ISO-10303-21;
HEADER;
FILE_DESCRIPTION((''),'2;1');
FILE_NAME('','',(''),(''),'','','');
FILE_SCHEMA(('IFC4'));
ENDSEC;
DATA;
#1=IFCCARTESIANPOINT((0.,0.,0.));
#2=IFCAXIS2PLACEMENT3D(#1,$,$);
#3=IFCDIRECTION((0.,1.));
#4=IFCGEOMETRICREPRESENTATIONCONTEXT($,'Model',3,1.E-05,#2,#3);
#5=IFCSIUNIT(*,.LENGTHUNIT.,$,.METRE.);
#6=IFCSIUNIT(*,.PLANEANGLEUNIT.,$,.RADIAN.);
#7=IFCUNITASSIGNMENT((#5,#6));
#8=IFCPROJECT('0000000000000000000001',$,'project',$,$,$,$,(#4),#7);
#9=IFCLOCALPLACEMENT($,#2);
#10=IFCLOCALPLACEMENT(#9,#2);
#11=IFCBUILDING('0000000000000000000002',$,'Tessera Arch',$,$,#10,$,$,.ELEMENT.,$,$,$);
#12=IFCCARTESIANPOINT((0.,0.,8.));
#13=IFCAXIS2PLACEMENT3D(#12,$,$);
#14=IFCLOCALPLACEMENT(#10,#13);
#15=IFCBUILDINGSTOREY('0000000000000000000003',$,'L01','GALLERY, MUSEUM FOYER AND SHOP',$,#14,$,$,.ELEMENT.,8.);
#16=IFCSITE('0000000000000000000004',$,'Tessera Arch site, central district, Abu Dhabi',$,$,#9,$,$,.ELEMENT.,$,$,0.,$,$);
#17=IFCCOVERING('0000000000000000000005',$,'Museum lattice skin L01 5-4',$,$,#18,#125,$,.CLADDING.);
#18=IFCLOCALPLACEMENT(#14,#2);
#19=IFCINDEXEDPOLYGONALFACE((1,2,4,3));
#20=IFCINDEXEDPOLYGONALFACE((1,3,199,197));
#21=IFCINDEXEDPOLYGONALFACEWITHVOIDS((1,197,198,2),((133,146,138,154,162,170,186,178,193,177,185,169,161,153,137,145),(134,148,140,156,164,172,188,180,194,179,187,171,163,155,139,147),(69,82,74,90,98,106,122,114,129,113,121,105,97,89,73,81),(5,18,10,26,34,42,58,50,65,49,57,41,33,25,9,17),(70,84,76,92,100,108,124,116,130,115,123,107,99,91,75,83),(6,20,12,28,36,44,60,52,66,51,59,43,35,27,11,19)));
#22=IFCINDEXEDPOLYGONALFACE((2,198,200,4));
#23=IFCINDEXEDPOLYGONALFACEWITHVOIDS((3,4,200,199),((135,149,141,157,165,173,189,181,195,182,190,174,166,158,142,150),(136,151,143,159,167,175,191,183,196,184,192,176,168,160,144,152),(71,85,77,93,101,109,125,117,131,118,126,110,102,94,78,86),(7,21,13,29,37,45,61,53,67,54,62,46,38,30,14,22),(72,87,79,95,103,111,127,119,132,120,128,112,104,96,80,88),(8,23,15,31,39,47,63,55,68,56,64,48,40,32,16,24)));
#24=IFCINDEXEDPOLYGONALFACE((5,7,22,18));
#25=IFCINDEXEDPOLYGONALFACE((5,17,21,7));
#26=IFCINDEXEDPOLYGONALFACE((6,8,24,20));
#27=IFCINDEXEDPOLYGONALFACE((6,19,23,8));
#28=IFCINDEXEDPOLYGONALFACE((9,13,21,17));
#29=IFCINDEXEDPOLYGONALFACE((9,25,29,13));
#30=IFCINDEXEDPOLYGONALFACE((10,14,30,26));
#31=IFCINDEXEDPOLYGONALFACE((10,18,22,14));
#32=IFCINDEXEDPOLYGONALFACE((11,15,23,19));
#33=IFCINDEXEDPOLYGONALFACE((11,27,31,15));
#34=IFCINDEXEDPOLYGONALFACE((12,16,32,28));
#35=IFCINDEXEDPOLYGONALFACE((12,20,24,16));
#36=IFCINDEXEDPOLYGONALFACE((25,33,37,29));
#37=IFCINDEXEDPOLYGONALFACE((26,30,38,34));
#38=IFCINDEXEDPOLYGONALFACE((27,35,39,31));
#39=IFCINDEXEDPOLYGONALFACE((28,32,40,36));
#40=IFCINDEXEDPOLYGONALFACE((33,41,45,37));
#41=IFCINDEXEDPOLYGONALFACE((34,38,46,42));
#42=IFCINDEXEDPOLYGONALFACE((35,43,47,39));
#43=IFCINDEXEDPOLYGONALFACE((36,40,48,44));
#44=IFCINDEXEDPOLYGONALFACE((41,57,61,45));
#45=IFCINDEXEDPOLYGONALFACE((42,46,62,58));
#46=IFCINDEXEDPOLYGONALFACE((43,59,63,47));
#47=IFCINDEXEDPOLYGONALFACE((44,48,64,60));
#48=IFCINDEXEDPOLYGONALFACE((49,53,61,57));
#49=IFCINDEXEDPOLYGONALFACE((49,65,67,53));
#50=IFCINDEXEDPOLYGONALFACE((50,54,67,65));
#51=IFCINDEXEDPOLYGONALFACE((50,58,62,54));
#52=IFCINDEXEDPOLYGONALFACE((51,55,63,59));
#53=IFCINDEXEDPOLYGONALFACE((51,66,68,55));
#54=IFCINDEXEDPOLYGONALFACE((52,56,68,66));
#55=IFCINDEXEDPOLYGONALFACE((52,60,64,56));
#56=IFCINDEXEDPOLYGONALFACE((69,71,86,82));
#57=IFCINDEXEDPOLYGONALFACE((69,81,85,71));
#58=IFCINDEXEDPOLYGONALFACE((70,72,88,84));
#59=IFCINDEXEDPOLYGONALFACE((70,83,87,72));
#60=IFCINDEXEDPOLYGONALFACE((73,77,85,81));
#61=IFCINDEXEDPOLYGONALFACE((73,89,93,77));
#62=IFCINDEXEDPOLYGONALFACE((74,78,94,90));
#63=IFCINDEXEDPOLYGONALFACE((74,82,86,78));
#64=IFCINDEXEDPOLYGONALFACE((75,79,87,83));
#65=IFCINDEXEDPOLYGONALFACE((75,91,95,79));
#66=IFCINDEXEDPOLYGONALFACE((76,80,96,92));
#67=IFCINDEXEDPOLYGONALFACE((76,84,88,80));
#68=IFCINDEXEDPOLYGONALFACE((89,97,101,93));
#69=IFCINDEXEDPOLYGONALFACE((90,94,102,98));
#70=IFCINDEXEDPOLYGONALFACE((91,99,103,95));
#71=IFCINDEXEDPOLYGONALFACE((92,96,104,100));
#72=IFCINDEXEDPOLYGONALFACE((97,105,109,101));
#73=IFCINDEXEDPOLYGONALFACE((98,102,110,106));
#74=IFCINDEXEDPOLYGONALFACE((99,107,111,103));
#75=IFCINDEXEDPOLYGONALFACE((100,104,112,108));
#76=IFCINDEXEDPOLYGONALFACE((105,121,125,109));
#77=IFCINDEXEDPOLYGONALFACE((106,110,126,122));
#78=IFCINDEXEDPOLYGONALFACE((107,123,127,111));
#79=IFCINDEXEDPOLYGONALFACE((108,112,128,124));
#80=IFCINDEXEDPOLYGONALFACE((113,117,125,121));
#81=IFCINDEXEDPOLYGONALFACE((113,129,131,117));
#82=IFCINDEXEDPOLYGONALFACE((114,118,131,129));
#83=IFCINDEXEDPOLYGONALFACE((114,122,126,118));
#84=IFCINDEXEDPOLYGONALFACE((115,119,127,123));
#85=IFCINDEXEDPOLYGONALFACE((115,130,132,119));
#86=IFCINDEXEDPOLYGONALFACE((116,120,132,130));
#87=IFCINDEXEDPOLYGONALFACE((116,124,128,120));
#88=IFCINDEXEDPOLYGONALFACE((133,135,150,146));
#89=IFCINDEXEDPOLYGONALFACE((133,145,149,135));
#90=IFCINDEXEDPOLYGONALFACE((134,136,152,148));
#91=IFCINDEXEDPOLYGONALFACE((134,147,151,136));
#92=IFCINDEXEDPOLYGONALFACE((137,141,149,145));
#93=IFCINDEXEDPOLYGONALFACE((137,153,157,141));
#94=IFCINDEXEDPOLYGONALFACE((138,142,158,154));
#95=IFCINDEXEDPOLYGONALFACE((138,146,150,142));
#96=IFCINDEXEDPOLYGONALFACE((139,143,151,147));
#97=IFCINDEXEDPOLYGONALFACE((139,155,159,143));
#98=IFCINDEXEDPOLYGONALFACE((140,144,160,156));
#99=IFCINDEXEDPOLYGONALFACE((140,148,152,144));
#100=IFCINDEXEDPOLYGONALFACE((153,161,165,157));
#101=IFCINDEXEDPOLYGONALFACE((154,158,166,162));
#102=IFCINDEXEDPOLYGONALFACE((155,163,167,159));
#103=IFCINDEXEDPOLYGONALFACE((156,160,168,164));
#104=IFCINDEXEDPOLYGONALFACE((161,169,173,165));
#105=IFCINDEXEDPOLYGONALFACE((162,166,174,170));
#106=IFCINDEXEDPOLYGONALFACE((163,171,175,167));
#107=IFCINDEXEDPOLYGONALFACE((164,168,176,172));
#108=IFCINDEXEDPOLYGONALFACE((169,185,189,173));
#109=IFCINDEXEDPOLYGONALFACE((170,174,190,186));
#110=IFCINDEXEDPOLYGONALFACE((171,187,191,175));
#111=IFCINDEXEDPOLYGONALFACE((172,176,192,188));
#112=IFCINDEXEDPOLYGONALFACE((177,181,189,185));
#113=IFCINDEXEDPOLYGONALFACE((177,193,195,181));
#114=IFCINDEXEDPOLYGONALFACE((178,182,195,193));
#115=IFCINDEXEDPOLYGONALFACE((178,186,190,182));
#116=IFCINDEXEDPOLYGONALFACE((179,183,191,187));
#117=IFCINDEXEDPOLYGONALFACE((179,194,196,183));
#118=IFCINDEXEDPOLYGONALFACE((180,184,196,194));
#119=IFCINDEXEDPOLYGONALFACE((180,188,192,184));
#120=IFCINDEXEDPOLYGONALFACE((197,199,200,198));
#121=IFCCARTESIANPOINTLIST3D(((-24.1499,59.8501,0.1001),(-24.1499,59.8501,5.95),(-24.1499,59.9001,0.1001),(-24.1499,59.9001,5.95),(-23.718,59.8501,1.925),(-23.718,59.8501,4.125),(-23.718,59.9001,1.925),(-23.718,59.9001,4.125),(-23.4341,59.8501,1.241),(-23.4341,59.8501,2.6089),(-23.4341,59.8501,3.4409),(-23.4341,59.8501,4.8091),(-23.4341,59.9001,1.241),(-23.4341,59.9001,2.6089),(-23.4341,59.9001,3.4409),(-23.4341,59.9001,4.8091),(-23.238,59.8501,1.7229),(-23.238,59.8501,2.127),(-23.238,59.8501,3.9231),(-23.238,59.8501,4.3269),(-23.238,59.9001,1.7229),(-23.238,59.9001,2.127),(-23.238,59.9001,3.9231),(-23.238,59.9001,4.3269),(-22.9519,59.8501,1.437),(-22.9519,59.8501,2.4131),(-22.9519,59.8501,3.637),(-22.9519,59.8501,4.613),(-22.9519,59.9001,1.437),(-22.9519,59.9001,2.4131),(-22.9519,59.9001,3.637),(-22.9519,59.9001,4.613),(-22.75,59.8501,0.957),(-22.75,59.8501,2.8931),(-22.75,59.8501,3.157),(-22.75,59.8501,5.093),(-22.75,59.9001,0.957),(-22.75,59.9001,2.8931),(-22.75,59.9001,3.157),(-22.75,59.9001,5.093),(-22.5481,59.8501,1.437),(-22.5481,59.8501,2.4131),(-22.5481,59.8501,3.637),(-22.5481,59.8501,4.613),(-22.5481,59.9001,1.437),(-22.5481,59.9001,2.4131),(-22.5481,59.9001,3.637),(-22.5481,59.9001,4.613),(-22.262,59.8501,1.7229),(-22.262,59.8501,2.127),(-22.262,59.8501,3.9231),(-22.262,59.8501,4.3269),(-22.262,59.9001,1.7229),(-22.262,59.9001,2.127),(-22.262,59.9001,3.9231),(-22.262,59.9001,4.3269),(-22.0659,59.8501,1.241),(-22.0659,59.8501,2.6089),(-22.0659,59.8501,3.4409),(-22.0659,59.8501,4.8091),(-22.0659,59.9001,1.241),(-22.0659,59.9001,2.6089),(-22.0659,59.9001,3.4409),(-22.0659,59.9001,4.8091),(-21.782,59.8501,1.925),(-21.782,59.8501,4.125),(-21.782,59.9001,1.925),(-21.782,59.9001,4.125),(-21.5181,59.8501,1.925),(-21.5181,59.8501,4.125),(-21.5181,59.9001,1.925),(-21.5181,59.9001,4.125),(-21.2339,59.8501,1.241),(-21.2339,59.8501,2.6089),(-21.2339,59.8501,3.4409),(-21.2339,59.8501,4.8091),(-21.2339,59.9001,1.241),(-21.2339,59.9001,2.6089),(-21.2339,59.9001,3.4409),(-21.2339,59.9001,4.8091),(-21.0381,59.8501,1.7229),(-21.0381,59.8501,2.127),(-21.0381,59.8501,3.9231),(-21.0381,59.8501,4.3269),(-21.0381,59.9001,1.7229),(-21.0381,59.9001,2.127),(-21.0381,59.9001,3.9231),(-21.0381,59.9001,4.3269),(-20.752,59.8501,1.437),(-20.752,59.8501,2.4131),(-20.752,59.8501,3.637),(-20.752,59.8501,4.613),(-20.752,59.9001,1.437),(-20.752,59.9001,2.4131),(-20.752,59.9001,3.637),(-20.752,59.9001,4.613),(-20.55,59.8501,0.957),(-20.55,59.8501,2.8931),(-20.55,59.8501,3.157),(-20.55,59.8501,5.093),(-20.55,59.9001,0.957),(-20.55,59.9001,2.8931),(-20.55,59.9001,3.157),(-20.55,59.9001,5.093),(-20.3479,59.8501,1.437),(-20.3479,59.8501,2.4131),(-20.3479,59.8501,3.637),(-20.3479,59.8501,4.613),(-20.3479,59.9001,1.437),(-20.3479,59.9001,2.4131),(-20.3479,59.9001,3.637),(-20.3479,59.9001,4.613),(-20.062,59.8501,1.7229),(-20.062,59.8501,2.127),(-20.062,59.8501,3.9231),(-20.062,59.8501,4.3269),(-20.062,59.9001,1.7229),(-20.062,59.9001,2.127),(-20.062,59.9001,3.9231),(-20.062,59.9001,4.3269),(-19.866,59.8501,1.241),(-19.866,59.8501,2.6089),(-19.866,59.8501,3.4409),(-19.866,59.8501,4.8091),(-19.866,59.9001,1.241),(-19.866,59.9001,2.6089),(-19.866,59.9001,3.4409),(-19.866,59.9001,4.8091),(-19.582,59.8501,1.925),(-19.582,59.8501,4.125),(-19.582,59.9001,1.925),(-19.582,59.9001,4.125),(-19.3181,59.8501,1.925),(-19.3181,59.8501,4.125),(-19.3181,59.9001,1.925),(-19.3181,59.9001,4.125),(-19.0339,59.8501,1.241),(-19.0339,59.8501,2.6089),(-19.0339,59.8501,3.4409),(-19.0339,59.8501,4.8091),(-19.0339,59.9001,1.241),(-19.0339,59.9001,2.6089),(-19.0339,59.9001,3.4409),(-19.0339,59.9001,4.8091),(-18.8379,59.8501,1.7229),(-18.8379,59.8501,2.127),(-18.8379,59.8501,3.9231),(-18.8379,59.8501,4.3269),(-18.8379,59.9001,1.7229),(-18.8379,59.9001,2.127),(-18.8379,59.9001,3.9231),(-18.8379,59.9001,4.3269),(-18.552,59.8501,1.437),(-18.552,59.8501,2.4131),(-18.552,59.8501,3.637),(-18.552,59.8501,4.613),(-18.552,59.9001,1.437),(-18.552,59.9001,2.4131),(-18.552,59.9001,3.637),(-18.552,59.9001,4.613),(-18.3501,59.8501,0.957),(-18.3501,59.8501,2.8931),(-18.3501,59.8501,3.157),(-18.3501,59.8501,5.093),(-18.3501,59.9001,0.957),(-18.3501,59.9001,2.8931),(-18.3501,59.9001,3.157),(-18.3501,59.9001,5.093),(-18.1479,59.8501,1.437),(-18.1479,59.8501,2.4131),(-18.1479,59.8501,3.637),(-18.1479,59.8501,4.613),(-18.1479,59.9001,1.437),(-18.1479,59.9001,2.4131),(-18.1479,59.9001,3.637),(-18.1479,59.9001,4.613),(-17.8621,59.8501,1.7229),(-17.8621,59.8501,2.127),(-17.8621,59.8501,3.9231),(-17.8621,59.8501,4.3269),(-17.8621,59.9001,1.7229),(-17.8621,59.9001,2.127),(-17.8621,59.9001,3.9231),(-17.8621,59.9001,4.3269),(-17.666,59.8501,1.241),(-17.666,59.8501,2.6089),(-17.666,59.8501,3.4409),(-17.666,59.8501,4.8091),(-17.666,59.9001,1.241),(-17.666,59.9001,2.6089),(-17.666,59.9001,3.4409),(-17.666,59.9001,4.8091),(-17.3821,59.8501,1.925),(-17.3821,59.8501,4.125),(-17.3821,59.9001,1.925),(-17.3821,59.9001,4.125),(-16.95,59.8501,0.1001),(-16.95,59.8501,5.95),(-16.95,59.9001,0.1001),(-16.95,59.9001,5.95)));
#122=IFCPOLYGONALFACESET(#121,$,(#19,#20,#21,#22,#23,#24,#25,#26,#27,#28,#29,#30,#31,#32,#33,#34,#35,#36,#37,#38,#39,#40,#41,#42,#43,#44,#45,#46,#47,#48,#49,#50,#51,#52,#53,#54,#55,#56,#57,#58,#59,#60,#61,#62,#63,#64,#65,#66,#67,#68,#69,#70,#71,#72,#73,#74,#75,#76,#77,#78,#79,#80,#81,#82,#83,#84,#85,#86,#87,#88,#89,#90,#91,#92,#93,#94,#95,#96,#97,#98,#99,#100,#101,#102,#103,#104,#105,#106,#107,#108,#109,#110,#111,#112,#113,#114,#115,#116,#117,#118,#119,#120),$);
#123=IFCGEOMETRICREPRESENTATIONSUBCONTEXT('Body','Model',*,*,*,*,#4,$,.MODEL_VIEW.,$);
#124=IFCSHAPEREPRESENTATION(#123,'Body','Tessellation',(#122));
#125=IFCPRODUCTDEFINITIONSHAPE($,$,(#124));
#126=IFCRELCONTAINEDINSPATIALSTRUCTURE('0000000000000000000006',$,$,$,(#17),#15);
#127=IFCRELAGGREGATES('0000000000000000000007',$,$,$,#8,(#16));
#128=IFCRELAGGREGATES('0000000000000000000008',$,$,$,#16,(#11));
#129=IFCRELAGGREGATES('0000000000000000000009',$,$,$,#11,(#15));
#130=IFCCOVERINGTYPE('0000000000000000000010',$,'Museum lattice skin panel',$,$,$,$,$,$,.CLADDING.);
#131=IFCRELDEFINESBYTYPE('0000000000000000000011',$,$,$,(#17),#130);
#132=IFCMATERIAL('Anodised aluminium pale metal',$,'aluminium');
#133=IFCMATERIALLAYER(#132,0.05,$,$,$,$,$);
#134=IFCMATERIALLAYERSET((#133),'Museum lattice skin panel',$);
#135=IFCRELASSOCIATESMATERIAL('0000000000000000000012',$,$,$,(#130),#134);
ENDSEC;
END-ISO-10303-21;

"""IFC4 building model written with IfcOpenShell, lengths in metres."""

from ifc_helpers import new_model, si_unit, direction, frame, origin, place, context, subcontext, project, spatial, polyline, outline, extrude, material, layer, layer_set, type_object, element, save


model = new_model("IFC4")

# Units and contexts
model_context = context("Model", 3, precision=1e-05, world=origin(), true_north=direction((0.0, 1.0)))
body_context = subcontext(model_context, "Body", "Model", "MODEL_VIEW")
ifc_project = project(units=[si_unit("LENGTHUNIT", "METRE"), si_unit("PLANEANGLEUNIT", "RADIAN")], contexts=[model_context])

# Site, building, storey
site_placement = place(None, origin())
site = spatial("IfcSite", under=ifc_project, at=site_placement, Name="Tessera Arch site, central district, Abu Dhabi", CompositionType="ELEMENT", RefElevation=0.0)
building_placement = place(site_placement, origin())
building = spatial("IfcBuilding", under=site, at=building_placement, Name="Tessera Arch", CompositionType="ELEMENT")
storey_placement = place(building_placement, frame((0.0, 0.0, 8.0)))
storey = spatial("IfcBuildingStorey", under=building, at=storey_placement, Name="L01", Description="GALLERY, MUSEUM FOYER AND SHOP", CompositionType="ELEMENT", Elevation=8.0)

# Covering
ifc_material_1 = material(Name="Anodised aluminium pale metal", Category="aluminium")
ifc_layer_1 = layer(ifc_material_1, 0.05)
ifc_layer_set_1 = layer_set([ifc_layer_1], Name="Museum lattice skin panel")
covering_type_1 = type_object("IfcCoveringType", Name="Museum lattice skin panel", PredefinedType="CLADDING", material=ifc_layer_set_1)
covering_1_placement = place(storey_placement, frame((-16.95, 59.8501, 5.95), z_axis=(0.0, -1.0, 0.0), x_axis=(-1.0, 0.0, 0.0)))
element("IfcCovering", 1, at=covering_1_placement, inside=storey, type_object=covering_type_1, Name="Museum lattice skin L01 5-4", PredefinedType="CLADDING", context=body_context, shape_type="SweptSolid", body=[
    extrude(outline(polyline([(0.0, 0.0), (7.2, 0.0), (7.2, 5.8499), (0.0, 5.8499), (0.0, 0.0)]), holes=[polyline([(2.3682, 4.0249), (1.8879, 3.823), (2.084, 3.3411), (1.6021, 3.5369), (1.4001, 3.0569), (1.198, 3.5369), (0.7161, 3.3411), (0.9121, 3.823), (0.4321, 4.0249), (0.9121, 4.2271), (0.7161, 4.709), (1.198, 4.5129), (1.4001, 4.9929), (1.6021, 4.5129), (2.084, 4.709), (1.8879, 4.2271), (2.3682, 4.0249)]), polyline([(2.3682, 1.825), (1.8879, 1.623), (2.084, 1.1409), (1.6021, 1.3369), (1.4001, 0.8569), (1.198, 1.3369), (0.7161, 1.1409), (0.9121, 1.623), (0.4321, 1.825), (0.9121, 2.0269), (0.7161, 2.509), (1.198, 2.313), (1.4001, 2.793), (1.6021, 2.313), (2.084, 2.509), (1.8879, 2.0269), (2.3682, 1.825)]), polyline([(4.5681, 4.0249), (4.0881, 3.823), (4.2839, 3.3411), (3.802, 3.5369), (3.6001, 3.0569), (3.3979, 3.5369), (2.916, 3.3411), (3.1121, 3.823), (2.6321, 4.0249), (3.1121, 4.2271), (2.916, 4.709), (3.3979, 4.5129), (3.6001, 4.9929), (3.802, 4.5129), (4.2839, 4.709), (4.0881, 4.2271), (4.5681, 4.0249)]), polyline([(4.5681, 1.825), (4.0881, 1.623), (4.2839, 1.1409), (3.802, 1.3369), (3.6001, 0.8569), (3.3979, 1.3369), (2.916, 1.1409), (3.1121, 1.623), (2.6321, 1.825), (3.1121, 2.0269), (2.916, 2.509), (3.3979, 2.313), (3.6001, 2.793), (3.802, 2.313), (4.2839, 2.509), (4.0881, 2.0269), (4.5681, 1.825)]), polyline([(6.7681, 4.0249), (6.2881, 3.823), (6.4841, 3.3411), (6.002, 3.5369), (5.8, 3.0569), (5.5981, 3.5369), (5.116, 3.3411), (5.312, 3.823), (4.832, 4.0249), (5.312, 4.2271), (5.116, 4.709), (5.5981, 4.5129), (5.8, 4.9929), (6.002, 4.5129), (6.4841, 4.709), (6.2881, 4.2271), (6.7681, 4.0249)]), polyline([(6.7681, 1.825), (6.2881, 1.623), (6.4841, 1.1409), (6.002, 1.3369), (5.8, 0.8569), (5.5981, 1.3369), (5.116, 1.1409), (5.312, 1.623), (4.832, 1.825), (5.312, 2.0269), (5.116, 2.509), (5.5981, 2.313), (5.8, 2.793), (6.002, 2.313), (6.4841, 2.509), (6.2881, 2.0269), (6.7681, 1.825)])]), origin(), (0.0, 0.0, -1.0), 0.05),
])

save(model, "model.ifc")
